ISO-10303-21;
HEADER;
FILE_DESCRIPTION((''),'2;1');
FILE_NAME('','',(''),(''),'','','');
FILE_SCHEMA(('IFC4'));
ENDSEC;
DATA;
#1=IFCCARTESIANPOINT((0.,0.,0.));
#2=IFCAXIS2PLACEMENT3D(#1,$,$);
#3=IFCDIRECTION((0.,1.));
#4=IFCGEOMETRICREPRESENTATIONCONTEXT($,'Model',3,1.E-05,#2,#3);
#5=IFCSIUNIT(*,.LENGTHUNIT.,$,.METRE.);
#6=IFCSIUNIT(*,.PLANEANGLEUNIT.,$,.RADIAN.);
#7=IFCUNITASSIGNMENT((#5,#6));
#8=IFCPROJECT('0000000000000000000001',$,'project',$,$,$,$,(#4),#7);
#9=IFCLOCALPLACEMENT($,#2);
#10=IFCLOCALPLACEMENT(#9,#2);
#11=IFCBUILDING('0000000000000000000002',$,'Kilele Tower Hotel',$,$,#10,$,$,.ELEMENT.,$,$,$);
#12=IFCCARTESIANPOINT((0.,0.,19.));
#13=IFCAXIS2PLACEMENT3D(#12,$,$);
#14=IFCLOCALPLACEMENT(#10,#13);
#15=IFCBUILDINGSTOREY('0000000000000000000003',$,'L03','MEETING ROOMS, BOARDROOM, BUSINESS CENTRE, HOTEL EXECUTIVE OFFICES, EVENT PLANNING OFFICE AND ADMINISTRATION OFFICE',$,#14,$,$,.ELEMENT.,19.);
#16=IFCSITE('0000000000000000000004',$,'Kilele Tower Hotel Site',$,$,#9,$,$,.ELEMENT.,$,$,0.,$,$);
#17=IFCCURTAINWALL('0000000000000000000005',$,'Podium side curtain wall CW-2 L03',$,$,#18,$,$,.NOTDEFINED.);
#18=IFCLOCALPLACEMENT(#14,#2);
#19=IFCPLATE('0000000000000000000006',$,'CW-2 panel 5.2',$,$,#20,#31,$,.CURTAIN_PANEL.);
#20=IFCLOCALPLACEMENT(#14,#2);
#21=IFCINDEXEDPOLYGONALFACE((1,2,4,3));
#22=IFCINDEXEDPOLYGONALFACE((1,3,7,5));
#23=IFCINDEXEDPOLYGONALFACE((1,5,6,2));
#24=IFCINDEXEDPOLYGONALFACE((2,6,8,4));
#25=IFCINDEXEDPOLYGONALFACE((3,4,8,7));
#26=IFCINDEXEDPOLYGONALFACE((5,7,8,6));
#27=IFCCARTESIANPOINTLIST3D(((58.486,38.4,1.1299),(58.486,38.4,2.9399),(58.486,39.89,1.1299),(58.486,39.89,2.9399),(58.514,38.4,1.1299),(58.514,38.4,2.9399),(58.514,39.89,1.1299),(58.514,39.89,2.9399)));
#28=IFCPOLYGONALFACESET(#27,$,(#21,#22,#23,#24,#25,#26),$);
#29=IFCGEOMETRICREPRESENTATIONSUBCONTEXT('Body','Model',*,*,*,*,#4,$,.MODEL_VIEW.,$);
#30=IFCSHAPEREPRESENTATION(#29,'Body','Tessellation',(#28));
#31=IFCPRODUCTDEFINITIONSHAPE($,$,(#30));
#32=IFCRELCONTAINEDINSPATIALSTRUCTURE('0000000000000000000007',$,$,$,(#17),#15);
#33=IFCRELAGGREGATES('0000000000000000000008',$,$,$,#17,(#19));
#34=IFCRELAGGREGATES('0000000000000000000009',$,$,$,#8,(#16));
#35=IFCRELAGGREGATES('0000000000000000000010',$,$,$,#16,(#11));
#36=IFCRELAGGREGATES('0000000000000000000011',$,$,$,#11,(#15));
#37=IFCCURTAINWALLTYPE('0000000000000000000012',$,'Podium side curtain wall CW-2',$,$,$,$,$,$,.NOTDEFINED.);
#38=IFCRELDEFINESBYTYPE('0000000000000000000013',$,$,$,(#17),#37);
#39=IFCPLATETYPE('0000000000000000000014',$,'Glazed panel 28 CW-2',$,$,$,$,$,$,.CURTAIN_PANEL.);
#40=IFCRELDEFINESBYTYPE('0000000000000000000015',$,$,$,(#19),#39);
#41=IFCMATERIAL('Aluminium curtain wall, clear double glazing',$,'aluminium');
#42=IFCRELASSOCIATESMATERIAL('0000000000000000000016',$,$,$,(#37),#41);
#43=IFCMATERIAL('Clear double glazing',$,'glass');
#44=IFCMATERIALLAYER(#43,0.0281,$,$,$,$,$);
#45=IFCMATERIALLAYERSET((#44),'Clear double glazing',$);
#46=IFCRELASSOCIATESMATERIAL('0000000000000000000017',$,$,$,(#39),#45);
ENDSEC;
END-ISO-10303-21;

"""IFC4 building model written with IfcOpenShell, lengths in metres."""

from ifc_helpers import new_model, si_unit, direction, frame, origin, origin_2d, place, context, subcontext, project, spatial, rectangle, extrude, material, layer, layer_set, type_object, element, aggregate, save


model = new_model("IFC4")

# Units and contexts
model_context = context("Model", 3, precision=1e-05, world=origin(), true_north=direction((0.0, 1.0)))
body_context = subcontext(model_context, "Body", "Model", "MODEL_VIEW")
ifc_project = project(units=[si_unit("LENGTHUNIT", "METRE"), si_unit("PLANEANGLEUNIT", "RADIAN")], contexts=[model_context])

# Site, building, storey
site_placement = place(None, origin())
site = spatial("IfcSite", under=ifc_project, at=site_placement, Name="Kilele Tower Hotel Site", CompositionType="ELEMENT", RefElevation=0.0)
building_placement = place(site_placement, origin())
building = spatial("IfcBuilding", under=site, at=building_placement, Name="Kilele Tower Hotel", CompositionType="ELEMENT")
storey_placement = place(building_placement, frame((0.0, 0.0, 19.0)))
storey = spatial("IfcBuildingStorey", under=building, at=storey_placement, Name="L03", Description="MEETING ROOMS, BOARDROOM, BUSINESS CENTRE, HOTEL EXECUTIVE OFFICES, EVENT PLANNING OFFICE AND ADMINISTRATION OFFICE", CompositionType="ELEMENT", Elevation=19.0)

# Curtain wall
ifc_material_1 = material(Name="Aluminium curtain wall, clear double glazing", Category="aluminium")
curtain_wall_type_1 = type_object("IfcCurtainWallType", Name="Podium side curtain wall CW-2", PredefinedType="NOTDEFINED", material=ifc_material_1)
curtain_wall_1_placement = place(storey_placement, origin())
curtain_wall_1 = element("IfcCurtainWall", 1, at=curtain_wall_1_placement, inside=storey, type_object=curtain_wall_type_1, Name="Podium side curtain wall CW-2 L03", PredefinedType="NOTDEFINED")

# Plate
ifc_material_2 = material(Name="Clear double glazing", Category="glass")
ifc_layer_1 = layer(ifc_material_2, 0.0281)
ifc_layer_set_1 = layer_set([ifc_layer_1], Name="Clear double glazing")
plate_type_1 = type_object("IfcPlateType", Name="Glazed panel 28 CW-2", PredefinedType="CURTAIN_PANEL", material=ifc_layer_set_1)
plate_1_placement = place(storey_placement, frame((58.5, 39.145, 1.1299), z_axis=(0.0, 0.0, 1.0), x_axis=(0.0, 1.0, 0.0)))
plate_1 = element("IfcPlate", 2, at=plate_1_placement, type_object=plate_type_1, Name="CW-2 panel 5.2", PredefinedType="CURTAIN_PANEL", context=body_context, shape_type="SweptSolid", body=[
    extrude(rectangle(XDim=1.49, YDim=0.0281, at=origin_2d()), origin(), (0.0, 0.0, 1.0), 1.8101),
])
aggregate(curtain_wall_1, [plate_1])

save(model, "model.ifc")
